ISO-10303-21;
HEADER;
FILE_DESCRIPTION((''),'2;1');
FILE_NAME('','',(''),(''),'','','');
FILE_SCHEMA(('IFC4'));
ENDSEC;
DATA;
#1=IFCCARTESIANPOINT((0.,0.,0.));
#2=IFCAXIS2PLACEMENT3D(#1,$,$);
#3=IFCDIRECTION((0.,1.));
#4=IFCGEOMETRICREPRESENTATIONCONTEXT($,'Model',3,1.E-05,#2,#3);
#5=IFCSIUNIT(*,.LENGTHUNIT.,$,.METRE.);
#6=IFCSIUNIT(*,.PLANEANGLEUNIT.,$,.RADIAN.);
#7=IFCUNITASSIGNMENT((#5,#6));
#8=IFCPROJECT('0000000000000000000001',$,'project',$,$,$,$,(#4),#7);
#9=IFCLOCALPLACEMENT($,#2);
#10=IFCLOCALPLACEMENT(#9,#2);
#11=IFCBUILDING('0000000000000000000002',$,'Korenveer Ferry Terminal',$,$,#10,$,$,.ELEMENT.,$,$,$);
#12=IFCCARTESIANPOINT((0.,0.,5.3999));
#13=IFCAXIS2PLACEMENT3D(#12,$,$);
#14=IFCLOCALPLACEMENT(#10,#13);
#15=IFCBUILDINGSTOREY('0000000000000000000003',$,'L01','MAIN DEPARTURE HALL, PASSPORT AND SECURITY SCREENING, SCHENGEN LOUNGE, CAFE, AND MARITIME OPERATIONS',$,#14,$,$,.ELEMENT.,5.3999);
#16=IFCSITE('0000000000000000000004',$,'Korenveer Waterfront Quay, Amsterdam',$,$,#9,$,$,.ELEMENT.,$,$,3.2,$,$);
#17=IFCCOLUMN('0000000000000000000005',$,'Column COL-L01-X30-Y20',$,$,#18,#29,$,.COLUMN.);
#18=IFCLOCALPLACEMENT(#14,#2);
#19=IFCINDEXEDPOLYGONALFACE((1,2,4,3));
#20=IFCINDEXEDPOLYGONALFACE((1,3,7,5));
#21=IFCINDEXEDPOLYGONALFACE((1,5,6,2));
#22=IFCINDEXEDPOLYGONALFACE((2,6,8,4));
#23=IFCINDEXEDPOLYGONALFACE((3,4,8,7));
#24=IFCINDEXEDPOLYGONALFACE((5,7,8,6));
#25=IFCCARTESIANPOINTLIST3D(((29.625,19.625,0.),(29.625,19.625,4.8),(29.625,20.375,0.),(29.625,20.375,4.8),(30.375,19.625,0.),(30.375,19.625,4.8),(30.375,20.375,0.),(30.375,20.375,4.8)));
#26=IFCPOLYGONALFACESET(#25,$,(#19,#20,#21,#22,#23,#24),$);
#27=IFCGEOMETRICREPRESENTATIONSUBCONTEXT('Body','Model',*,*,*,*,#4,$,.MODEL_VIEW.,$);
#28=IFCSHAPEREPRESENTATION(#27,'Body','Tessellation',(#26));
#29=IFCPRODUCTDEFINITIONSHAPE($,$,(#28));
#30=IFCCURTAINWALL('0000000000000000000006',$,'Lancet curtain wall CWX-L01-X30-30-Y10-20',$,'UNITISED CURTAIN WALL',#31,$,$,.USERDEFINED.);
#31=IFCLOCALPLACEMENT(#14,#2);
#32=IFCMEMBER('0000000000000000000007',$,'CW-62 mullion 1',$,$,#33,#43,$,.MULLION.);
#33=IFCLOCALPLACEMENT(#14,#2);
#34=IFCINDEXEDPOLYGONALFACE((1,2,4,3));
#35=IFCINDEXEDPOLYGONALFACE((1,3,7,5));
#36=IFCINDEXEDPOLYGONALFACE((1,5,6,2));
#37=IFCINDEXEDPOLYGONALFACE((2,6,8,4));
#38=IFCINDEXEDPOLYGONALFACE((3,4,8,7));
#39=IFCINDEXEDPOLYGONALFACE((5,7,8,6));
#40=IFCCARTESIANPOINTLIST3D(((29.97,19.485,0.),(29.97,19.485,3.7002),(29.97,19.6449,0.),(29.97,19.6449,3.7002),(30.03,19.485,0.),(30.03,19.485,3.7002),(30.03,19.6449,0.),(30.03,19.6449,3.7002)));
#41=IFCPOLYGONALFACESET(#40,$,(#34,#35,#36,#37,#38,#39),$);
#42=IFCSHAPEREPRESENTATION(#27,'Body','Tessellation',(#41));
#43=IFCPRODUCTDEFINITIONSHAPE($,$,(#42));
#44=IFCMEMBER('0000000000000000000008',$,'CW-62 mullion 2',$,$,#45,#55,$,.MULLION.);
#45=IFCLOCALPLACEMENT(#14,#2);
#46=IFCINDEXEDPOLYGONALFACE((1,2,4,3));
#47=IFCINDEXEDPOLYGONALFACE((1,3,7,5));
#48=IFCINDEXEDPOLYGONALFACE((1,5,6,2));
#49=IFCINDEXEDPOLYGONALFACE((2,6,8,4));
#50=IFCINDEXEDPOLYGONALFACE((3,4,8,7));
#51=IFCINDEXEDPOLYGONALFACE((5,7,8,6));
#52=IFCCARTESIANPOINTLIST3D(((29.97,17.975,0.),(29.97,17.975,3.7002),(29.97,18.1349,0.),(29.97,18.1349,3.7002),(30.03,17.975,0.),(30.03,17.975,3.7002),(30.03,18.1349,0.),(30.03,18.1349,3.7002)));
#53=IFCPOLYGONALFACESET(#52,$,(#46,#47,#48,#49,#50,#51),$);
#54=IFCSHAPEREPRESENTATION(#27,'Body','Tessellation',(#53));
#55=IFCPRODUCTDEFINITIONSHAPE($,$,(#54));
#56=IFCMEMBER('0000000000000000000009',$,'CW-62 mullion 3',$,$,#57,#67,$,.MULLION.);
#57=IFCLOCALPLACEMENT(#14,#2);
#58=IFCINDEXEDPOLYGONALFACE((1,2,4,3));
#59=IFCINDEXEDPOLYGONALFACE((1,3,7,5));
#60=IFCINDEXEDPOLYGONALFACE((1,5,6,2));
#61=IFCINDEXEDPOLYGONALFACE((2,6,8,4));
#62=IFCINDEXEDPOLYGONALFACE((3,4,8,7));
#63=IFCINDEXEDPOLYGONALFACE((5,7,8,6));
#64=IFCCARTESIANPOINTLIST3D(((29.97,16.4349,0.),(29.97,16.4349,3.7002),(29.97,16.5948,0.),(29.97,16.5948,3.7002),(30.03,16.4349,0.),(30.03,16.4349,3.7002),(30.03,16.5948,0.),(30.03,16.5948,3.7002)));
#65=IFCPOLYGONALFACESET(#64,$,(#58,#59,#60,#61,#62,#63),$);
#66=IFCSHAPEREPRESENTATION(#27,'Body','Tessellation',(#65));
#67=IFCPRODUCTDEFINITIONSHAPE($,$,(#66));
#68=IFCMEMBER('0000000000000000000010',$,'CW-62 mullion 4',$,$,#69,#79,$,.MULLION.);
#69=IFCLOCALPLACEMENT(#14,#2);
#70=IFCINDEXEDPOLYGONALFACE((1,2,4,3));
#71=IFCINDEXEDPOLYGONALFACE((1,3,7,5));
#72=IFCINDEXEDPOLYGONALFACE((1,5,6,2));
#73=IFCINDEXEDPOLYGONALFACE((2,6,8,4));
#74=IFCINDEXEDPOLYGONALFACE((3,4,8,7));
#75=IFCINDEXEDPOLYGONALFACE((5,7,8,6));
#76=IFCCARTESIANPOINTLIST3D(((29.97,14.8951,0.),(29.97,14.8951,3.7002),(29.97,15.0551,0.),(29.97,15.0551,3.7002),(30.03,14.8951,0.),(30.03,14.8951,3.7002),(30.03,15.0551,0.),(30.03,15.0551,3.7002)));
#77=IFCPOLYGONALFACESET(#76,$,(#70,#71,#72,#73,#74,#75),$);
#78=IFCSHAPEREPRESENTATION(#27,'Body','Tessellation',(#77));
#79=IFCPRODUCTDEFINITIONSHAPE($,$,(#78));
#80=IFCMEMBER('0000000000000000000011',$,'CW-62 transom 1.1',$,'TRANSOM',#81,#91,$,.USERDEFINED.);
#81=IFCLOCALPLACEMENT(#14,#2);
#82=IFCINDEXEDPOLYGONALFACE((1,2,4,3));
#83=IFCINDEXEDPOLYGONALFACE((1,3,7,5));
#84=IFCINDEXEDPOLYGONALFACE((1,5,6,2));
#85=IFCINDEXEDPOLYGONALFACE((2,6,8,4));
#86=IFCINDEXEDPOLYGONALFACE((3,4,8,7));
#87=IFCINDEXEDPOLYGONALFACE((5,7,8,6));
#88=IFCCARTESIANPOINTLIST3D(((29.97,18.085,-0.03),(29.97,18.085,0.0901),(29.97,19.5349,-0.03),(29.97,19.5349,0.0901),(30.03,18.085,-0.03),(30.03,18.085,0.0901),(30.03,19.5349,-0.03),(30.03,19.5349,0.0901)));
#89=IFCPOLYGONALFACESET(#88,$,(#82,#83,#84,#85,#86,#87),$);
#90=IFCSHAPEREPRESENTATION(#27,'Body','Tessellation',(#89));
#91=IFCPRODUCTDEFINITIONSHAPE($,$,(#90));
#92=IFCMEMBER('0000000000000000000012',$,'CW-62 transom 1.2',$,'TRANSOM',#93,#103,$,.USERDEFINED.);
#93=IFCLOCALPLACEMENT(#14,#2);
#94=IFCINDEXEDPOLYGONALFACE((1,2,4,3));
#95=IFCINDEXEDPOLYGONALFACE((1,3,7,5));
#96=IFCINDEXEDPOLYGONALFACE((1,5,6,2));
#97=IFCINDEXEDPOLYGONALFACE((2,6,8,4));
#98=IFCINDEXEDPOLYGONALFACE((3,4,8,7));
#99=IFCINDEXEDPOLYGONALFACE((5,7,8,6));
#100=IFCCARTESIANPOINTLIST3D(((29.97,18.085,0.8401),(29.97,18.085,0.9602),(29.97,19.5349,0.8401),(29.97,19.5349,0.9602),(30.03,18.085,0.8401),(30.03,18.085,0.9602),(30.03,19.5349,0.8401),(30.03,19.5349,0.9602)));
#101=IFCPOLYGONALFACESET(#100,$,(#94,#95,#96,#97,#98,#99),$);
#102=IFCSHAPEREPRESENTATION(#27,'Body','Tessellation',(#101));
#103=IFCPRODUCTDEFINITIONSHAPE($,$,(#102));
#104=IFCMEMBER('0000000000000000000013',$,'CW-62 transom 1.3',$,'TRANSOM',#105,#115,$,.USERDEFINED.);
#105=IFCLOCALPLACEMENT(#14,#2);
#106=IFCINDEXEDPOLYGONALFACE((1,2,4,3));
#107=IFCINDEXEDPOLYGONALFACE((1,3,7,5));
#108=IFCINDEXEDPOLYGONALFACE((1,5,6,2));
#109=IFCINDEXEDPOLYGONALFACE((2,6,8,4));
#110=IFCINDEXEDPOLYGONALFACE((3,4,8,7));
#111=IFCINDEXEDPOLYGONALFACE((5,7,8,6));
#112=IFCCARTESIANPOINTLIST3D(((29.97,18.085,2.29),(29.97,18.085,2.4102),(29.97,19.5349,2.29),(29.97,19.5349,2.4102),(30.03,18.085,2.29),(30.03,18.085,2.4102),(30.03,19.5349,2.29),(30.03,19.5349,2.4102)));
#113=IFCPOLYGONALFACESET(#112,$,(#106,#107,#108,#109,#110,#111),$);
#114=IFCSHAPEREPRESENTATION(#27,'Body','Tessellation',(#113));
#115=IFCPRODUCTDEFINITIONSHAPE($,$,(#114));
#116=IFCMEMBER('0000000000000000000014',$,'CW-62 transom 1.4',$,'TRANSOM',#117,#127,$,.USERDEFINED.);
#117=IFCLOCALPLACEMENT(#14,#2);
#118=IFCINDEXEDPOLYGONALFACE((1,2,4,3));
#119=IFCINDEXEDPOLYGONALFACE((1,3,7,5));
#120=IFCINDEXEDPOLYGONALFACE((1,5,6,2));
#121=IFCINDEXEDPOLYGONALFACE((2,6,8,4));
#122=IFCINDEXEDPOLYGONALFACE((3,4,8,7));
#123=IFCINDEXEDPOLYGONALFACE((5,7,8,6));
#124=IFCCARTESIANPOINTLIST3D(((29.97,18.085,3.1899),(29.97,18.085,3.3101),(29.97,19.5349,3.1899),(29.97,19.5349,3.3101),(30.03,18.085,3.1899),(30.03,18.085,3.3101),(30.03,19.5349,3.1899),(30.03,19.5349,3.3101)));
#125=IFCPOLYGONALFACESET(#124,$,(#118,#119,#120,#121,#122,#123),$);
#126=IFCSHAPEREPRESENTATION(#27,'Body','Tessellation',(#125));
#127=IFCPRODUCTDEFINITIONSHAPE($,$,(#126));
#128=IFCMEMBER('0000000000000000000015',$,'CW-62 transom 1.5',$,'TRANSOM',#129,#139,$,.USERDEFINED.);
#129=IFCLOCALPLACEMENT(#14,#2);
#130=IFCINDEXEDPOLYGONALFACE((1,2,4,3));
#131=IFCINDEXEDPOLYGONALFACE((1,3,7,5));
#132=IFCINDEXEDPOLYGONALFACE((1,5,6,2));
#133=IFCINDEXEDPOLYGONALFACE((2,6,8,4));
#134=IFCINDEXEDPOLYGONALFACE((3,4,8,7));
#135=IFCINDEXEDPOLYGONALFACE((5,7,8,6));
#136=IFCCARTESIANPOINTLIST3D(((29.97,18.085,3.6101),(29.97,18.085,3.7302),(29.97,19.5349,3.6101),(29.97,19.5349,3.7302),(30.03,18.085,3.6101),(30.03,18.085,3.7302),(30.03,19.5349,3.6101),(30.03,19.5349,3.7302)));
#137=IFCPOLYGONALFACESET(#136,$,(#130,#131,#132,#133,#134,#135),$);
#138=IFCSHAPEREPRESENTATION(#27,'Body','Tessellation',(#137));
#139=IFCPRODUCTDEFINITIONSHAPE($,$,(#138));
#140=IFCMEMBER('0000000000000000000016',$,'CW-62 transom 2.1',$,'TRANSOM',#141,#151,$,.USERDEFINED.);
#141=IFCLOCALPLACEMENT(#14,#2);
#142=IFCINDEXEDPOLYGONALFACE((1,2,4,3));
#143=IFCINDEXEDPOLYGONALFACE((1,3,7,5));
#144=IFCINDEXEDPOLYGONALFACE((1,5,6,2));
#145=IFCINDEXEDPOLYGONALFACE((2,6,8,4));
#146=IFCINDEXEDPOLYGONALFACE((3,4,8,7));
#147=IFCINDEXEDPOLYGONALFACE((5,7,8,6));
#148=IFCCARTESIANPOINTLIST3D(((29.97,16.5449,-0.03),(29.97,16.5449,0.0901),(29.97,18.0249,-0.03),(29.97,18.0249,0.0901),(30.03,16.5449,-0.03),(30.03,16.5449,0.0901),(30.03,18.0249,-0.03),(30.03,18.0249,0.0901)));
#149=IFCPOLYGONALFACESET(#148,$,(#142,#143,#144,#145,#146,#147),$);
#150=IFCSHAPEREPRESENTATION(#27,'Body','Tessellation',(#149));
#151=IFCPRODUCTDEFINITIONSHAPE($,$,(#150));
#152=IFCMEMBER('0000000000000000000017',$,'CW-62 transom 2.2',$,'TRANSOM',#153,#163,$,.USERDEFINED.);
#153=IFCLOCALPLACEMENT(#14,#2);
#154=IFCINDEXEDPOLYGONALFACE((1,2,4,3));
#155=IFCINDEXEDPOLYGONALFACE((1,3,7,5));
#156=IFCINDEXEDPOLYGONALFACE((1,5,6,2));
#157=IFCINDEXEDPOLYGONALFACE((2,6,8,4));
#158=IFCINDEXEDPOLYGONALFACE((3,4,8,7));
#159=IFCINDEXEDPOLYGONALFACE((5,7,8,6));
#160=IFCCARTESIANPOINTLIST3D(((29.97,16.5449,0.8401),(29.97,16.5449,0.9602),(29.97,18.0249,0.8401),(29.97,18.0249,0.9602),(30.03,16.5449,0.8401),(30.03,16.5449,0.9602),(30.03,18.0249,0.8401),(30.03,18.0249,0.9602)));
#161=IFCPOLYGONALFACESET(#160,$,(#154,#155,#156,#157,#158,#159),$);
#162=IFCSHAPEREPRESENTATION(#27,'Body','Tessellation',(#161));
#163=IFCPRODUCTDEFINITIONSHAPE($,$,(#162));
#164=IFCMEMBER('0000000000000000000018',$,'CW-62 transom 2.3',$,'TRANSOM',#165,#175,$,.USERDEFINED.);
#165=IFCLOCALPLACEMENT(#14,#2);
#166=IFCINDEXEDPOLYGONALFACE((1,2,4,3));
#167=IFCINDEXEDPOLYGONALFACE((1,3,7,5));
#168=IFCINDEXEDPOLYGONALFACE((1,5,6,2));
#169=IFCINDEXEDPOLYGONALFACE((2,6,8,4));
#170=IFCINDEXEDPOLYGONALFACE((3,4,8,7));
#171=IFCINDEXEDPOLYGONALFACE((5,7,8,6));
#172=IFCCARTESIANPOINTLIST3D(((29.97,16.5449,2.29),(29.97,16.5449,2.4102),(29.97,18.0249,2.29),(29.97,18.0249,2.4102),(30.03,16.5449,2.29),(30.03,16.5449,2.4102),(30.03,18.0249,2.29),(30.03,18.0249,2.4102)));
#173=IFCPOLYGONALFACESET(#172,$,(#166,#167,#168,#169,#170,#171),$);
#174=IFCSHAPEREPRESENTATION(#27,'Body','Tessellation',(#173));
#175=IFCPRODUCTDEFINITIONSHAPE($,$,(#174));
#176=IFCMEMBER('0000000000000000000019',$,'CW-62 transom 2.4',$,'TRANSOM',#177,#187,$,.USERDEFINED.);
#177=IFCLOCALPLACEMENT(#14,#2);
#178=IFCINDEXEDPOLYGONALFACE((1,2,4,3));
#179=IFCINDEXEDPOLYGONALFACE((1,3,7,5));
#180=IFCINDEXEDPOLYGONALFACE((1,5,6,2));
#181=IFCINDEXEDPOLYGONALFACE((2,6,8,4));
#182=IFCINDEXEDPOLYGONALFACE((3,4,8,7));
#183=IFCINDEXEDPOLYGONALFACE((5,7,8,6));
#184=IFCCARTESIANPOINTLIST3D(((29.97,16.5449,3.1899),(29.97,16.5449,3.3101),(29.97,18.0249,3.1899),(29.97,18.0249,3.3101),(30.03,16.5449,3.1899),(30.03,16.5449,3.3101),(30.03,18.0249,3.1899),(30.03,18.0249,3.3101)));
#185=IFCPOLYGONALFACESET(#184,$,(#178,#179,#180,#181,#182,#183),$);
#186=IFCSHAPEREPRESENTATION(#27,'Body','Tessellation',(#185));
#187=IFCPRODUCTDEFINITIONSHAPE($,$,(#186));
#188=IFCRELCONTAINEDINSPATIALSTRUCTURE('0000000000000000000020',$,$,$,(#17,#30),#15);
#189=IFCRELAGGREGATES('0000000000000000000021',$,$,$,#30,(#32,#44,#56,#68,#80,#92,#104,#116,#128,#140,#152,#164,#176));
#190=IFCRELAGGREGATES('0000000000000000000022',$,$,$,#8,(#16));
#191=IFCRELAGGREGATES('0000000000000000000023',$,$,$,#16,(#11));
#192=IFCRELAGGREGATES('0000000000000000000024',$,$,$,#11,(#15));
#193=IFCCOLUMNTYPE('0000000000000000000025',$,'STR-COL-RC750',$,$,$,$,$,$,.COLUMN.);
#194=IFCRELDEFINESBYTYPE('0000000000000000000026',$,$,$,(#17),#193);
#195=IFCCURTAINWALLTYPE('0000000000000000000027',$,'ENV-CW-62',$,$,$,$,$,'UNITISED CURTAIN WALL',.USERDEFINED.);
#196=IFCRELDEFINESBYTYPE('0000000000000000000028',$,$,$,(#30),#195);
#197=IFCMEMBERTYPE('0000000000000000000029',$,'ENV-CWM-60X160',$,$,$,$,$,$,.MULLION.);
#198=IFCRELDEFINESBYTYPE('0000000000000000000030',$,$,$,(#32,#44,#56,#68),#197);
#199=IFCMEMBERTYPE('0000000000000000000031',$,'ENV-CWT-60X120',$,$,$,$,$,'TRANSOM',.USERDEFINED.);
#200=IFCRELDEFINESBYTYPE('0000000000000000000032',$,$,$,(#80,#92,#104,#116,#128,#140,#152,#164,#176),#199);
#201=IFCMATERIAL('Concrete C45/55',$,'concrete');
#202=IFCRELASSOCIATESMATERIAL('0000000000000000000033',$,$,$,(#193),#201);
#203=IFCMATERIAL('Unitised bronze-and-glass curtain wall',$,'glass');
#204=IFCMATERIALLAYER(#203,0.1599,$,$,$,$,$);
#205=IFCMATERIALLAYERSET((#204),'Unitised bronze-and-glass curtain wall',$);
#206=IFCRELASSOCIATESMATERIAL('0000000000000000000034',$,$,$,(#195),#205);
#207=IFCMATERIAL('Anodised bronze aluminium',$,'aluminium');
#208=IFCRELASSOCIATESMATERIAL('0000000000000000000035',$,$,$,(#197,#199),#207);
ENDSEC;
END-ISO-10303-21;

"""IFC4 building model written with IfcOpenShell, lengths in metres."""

from ifc_helpers import new_model, si_unit, direction, frame, origin, origin_2d, place, context, subcontext, project, spatial, rectangle, extrude, material, layer, layer_set, material_profile, profile_set, type_object, element, aggregate, save


model = new_model("IFC4")

# Units and contexts
model_context = context("Model", 3, precision=1e-05, world=origin(), true_north=direction((0.0, 1.0)))
body_context = subcontext(model_context, "Body", "Model", "MODEL_VIEW")
ifc_project = project(units=[si_unit("LENGTHUNIT", "METRE"), si_unit("PLANEANGLEUNIT", "RADIAN")], contexts=[model_context])

# Site, building, storey
site_placement = place(None, origin())
site = spatial("IfcSite", under=ifc_project, at=site_placement, Name="Korenveer Waterfront Quay, Amsterdam", CompositionType="ELEMENT", RefElevation=3.2)
building_placement = place(site_placement, origin())
building = spatial("IfcBuilding", under=site, at=building_placement, Name="Korenveer Ferry Terminal", CompositionType="ELEMENT")
storey_placement = place(building_placement, frame((0.0, 0.0, 5.3999)))
storey = spatial("IfcBuildingStorey", under=building, at=storey_placement, Name="L01", Description="MAIN DEPARTURE HALL, PASSPORT AND SECURITY SCREENING, SCHENGEN LOUNGE, CAFE, AND MARITIME OPERATIONS", CompositionType="ELEMENT", Elevation=5.3999)

# Column
ifc_material_1 = material(Name="Concrete C45/55", Category="concrete")
ifc_material_profile_1 = material_profile(ifc_material_1, rectangle(XDim=0.75, YDim=0.75, at=origin_2d()), Name="RC 750x750")
ifc_profile_set_1 = profile_set([ifc_material_profile_1], Name="Concrete C45/55")
column_type = type_object("IfcColumnType", Name="STR-COL-RC750", PredefinedType="COLUMN", material=ifc_profile_set_1)
column_placement = place(storey_placement, frame((30.0, 20.0, 0.0), z_axis=(0.0, 0.0, 1.0), x_axis=(1.0, 0.0, 0.0)))
element("IfcColumn", 1, at=column_placement, inside=storey, type_object=column_type, Name="Column COL-L01-X30-Y20", PredefinedType="COLUMN", context=body_context, shape_type="SweptSolid", body=[
    extrude(rectangle(XDim=0.75, YDim=0.75, at=origin_2d()), origin(), (0.0, 0.0, 1.0), 4.8),
])

# Curtain wall, members
ifc_material_2 = material(Name="Unitised bronze-and-glass curtain wall", Category="glass")
ifc_layer_1 = layer(ifc_material_2, 0.1599)
ifc_layer_set_1 = layer_set([ifc_layer_1], Name="Unitised bronze-and-glass curtain wall")
curtain_wall_type = type_object("IfcCurtainWallType", Name="ENV-CW-62", ElementType="UNITISED CURTAIN WALL", PredefinedType="USERDEFINED", material=ifc_layer_set_1)
curtain_wall_placement = place(storey_placement, frame((30.0, 19.595, 0.0)))
curtain_wall = element("IfcCurtainWall", 2, at=curtain_wall_placement, inside=storey, type_object=curtain_wall_type, Name="Lancet curtain wall CWX-L01-X30-30-Y10-20", ObjectType="UNITISED CURTAIN WALL", PredefinedType="USERDEFINED")
ifc_material_3 = material(Name="Anodised bronze aluminium", Category="aluminium")
ifc_material_profile_2 = material_profile(ifc_material_3, rectangle(XDim=0.0601, YDim=0.1599, at=origin_2d()), Name="ALU 60x160")
ifc_profile_set_2 = profile_set([ifc_material_profile_2], Name="Anodised bronze aluminium")
member_type_1 = type_object("IfcMemberType", Name="ENV-CWM-60X160", PredefinedType="MULLION", material=ifc_profile_set_2)
member_1_placement = place(storey_placement, frame((30.0, 19.5649, 0.0), z_axis=(0.0, 0.0, 1.0), x_axis=(1.0, 0.0, 0.0)))
member_1 = element("IfcMember", 3, at=member_1_placement, type_object=member_type_1, Name="CW-62 mullion 1", PredefinedType="MULLION", context=body_context, shape_type="SweptSolid", body=[
    extrude(rectangle(XDim=0.0601, YDim=0.1599, at=origin_2d()), origin(), (0.0, 0.0, 1.0), 3.7002),
])
member_2_placement = place(storey_placement, frame((30.0, 18.0549, 0.0), z_axis=(0.0, 0.0, 1.0), x_axis=(1.0, 0.0, 0.0)))
member_2 = element("IfcMember", 4, at=member_2_placement, type_object=member_type_1, Name="CW-62 mullion 2", PredefinedType="MULLION", context=body_context, shape_type="SweptSolid", body=[
    extrude(rectangle(XDim=0.0601, YDim=0.1599, at=origin_2d()), origin(), (0.0, 0.0, 1.0), 3.7002),
])
member_3_placement = place(storey_placement, frame((30.0, 16.5149, 0.0), z_axis=(0.0, 0.0, 1.0), x_axis=(1.0, 0.0, 0.0)))
member_3 = element("IfcMember", 5, at=member_3_placement, type_object=member_type_1, Name="CW-62 mullion 3", PredefinedType="MULLION", context=body_context, shape_type="SweptSolid", body=[
    extrude(rectangle(XDim=0.0601, YDim=0.1599, at=origin_2d()), origin(), (0.0, 0.0, 1.0), 3.7002),
])
member_4_placement = place(storey_placement, frame((30.0, 14.9751, 0.0), z_axis=(0.0, 0.0, 1.0), x_axis=(1.0, 0.0, 0.0)))
member_4 = element("IfcMember", 6, at=member_4_placement, type_object=member_type_1, Name="CW-62 mullion 4", PredefinedType="MULLION", context=body_context, shape_type="SweptSolid", body=[
    extrude(rectangle(XDim=0.0601, YDim=0.1599, at=origin_2d()), origin(), (0.0, 0.0, 1.0), 3.7002),
])
ifc_material_profile_3 = material_profile(ifc_material_3, rectangle(XDim=0.0601, YDim=0.1201, at=origin_2d()), Name="ALU 60x120")
ifc_profile_set_3 = profile_set([ifc_material_profile_3], Name="Anodised bronze aluminium")
member_type_2 = type_object("IfcMemberType", Name="ENV-CWT-60X120", ElementType="TRANSOM", PredefinedType="USERDEFINED", material=ifc_profile_set_3)
member_5_placement = place(storey_placement, frame((30.0, 19.5349, 0.03), z_axis=(0.0, -1.0, 0.0), x_axis=(1.0, 0.0, 0.0)))
member_5 = element("IfcMember", 7, at=member_5_placement, type_object=member_type_2, Name="CW-62 transom 1.1", ObjectType="TRANSOM", PredefinedType="USERDEFINED", context=body_context, shape_type="SweptSolid", body=[
    extrude(rectangle(XDim=0.0601, YDim=0.1201, at=origin_2d()), origin(), (0.0, 0.0, 1.0), 1.45),
])
member_6_placement = place(storey_placement, frame((30.0, 19.5349, 0.9001), z_axis=(0.0, -1.0, 0.0), x_axis=(1.0, 0.0, 0.0)))
member_6 = element("IfcMember", 8, at=member_6_placement, type_object=member_type_2, Name="CW-62 transom 1.2", ObjectType="TRANSOM", PredefinedType="USERDEFINED", context=body_context, shape_type="SweptSolid", body=[
    extrude(rectangle(XDim=0.0601, YDim=0.1201, at=origin_2d()), origin(), (0.0, 0.0, 1.0), 1.45),
])
member_7_placement = place(storey_placement, frame((30.0, 19.5349, 2.3501), z_axis=(0.0, -1.0, 0.0), x_axis=(1.0, 0.0, 0.0)))
member_7 = element("IfcMember", 9, at=member_7_placement, type_object=member_type_2, Name="CW-62 transom 1.3", ObjectType="TRANSOM", PredefinedType="USERDEFINED", context=body_context, shape_type="SweptSolid", body=[
    extrude(rectangle(XDim=0.0601, YDim=0.1201, at=origin_2d()), origin(), (0.0, 0.0, 1.0), 1.45),
])
member_8_placement = place(storey_placement, frame((30.0, 19.5349, 3.25), z_axis=(0.0, -1.0, 0.0), x_axis=(1.0, 0.0, 0.0)))
member_8 = element("IfcMember", 10, at=member_8_placement, type_object=member_type_2, Name="CW-62 transom 1.4", ObjectType="TRANSOM", PredefinedType="USERDEFINED", context=body_context, shape_type="SweptSolid", body=[
    extrude(rectangle(XDim=0.0601, YDim=0.1201, at=origin_2d()), origin(), (0.0, 0.0, 1.0), 1.45),
])
member_9_placement = place(storey_placement, frame((30.0, 19.5349, 3.6702), z_axis=(0.0, -1.0, 0.0), x_axis=(1.0, 0.0, 0.0)))
member_9 = element("IfcMember", 11, at=member_9_placement, type_object=member_type_2, Name="CW-62 transom 1.5", ObjectType="TRANSOM", PredefinedType="USERDEFINED", context=body_context, shape_type="SweptSolid", body=[
    extrude(rectangle(XDim=0.0601, YDim=0.1201, at=origin_2d()), origin(), (0.0, 0.0, 1.0), 1.45),
])
member_10_placement = place(storey_placement, frame((30.0, 18.0249, 0.03), z_axis=(0.0, -1.0, 0.0), x_axis=(1.0, 0.0, 0.0)))
member_10 = element("IfcMember", 12, at=member_10_placement, type_object=member_type_2, Name="CW-62 transom 2.1", ObjectType="TRANSOM", PredefinedType="USERDEFINED", context=body_context, shape_type="SweptSolid", body=[
    extrude(rectangle(XDim=0.0601, YDim=0.1201, at=origin_2d()), origin(), (0.0, 0.0, 1.0), 1.48),
])
member_11_placement = place(storey_placement, frame((30.0, 18.0249, 0.9001), z_axis=(0.0, -1.0, 0.0), x_axis=(1.0, 0.0, 0.0)))
member_11 = element("IfcMember", 13, at=member_11_placement, type_object=member_type_2, Name="CW-62 transom 2.2", ObjectType="TRANSOM", PredefinedType="USERDEFINED", context=body_context, shape_type="SweptSolid", body=[
    extrude(rectangle(XDim=0.0601, YDim=0.1201, at=origin_2d()), origin(), (0.0, 0.0, 1.0), 1.48),
])
member_12_placement = place(storey_placement, frame((30.0, 18.0249, 2.3501), z_axis=(0.0, -1.0, 0.0), x_axis=(1.0, 0.0, 0.0)))
member_12 = element("IfcMember", 14, at=member_12_placement, type_object=member_type_2, Name="CW-62 transom 2.3", ObjectType="TRANSOM", PredefinedType="USERDEFINED", context=body_context, shape_type="SweptSolid", body=[
    extrude(rectangle(XDim=0.0601, YDim=0.1201, at=origin_2d()), origin(), (0.0, 0.0, 1.0), 1.48),
])
member_13_placement = place(storey_placement, frame((30.0, 18.0249, 3.25), z_axis=(0.0, -1.0, 0.0), x_axis=(1.0, 0.0, 0.0)))
member_13 = element("IfcMember", 15, at=member_13_placement, type_object=member_type_2, Name="CW-62 transom 2.4", ObjectType="TRANSOM", PredefinedType="USERDEFINED", context=body_context, shape_type="SweptSolid", body=[
    extrude(rectangle(XDim=0.0601, YDim=0.1201, at=origin_2d()), origin(), (0.0, 0.0, 1.0), 1.48),
])

aggregate(curtain_wall, [member_1, member_2, member_3, member_4, member_5, member_6, member_7, member_8, member_9, member_10, member_11, member_12, member_13])

save(model, "model.ifc")
